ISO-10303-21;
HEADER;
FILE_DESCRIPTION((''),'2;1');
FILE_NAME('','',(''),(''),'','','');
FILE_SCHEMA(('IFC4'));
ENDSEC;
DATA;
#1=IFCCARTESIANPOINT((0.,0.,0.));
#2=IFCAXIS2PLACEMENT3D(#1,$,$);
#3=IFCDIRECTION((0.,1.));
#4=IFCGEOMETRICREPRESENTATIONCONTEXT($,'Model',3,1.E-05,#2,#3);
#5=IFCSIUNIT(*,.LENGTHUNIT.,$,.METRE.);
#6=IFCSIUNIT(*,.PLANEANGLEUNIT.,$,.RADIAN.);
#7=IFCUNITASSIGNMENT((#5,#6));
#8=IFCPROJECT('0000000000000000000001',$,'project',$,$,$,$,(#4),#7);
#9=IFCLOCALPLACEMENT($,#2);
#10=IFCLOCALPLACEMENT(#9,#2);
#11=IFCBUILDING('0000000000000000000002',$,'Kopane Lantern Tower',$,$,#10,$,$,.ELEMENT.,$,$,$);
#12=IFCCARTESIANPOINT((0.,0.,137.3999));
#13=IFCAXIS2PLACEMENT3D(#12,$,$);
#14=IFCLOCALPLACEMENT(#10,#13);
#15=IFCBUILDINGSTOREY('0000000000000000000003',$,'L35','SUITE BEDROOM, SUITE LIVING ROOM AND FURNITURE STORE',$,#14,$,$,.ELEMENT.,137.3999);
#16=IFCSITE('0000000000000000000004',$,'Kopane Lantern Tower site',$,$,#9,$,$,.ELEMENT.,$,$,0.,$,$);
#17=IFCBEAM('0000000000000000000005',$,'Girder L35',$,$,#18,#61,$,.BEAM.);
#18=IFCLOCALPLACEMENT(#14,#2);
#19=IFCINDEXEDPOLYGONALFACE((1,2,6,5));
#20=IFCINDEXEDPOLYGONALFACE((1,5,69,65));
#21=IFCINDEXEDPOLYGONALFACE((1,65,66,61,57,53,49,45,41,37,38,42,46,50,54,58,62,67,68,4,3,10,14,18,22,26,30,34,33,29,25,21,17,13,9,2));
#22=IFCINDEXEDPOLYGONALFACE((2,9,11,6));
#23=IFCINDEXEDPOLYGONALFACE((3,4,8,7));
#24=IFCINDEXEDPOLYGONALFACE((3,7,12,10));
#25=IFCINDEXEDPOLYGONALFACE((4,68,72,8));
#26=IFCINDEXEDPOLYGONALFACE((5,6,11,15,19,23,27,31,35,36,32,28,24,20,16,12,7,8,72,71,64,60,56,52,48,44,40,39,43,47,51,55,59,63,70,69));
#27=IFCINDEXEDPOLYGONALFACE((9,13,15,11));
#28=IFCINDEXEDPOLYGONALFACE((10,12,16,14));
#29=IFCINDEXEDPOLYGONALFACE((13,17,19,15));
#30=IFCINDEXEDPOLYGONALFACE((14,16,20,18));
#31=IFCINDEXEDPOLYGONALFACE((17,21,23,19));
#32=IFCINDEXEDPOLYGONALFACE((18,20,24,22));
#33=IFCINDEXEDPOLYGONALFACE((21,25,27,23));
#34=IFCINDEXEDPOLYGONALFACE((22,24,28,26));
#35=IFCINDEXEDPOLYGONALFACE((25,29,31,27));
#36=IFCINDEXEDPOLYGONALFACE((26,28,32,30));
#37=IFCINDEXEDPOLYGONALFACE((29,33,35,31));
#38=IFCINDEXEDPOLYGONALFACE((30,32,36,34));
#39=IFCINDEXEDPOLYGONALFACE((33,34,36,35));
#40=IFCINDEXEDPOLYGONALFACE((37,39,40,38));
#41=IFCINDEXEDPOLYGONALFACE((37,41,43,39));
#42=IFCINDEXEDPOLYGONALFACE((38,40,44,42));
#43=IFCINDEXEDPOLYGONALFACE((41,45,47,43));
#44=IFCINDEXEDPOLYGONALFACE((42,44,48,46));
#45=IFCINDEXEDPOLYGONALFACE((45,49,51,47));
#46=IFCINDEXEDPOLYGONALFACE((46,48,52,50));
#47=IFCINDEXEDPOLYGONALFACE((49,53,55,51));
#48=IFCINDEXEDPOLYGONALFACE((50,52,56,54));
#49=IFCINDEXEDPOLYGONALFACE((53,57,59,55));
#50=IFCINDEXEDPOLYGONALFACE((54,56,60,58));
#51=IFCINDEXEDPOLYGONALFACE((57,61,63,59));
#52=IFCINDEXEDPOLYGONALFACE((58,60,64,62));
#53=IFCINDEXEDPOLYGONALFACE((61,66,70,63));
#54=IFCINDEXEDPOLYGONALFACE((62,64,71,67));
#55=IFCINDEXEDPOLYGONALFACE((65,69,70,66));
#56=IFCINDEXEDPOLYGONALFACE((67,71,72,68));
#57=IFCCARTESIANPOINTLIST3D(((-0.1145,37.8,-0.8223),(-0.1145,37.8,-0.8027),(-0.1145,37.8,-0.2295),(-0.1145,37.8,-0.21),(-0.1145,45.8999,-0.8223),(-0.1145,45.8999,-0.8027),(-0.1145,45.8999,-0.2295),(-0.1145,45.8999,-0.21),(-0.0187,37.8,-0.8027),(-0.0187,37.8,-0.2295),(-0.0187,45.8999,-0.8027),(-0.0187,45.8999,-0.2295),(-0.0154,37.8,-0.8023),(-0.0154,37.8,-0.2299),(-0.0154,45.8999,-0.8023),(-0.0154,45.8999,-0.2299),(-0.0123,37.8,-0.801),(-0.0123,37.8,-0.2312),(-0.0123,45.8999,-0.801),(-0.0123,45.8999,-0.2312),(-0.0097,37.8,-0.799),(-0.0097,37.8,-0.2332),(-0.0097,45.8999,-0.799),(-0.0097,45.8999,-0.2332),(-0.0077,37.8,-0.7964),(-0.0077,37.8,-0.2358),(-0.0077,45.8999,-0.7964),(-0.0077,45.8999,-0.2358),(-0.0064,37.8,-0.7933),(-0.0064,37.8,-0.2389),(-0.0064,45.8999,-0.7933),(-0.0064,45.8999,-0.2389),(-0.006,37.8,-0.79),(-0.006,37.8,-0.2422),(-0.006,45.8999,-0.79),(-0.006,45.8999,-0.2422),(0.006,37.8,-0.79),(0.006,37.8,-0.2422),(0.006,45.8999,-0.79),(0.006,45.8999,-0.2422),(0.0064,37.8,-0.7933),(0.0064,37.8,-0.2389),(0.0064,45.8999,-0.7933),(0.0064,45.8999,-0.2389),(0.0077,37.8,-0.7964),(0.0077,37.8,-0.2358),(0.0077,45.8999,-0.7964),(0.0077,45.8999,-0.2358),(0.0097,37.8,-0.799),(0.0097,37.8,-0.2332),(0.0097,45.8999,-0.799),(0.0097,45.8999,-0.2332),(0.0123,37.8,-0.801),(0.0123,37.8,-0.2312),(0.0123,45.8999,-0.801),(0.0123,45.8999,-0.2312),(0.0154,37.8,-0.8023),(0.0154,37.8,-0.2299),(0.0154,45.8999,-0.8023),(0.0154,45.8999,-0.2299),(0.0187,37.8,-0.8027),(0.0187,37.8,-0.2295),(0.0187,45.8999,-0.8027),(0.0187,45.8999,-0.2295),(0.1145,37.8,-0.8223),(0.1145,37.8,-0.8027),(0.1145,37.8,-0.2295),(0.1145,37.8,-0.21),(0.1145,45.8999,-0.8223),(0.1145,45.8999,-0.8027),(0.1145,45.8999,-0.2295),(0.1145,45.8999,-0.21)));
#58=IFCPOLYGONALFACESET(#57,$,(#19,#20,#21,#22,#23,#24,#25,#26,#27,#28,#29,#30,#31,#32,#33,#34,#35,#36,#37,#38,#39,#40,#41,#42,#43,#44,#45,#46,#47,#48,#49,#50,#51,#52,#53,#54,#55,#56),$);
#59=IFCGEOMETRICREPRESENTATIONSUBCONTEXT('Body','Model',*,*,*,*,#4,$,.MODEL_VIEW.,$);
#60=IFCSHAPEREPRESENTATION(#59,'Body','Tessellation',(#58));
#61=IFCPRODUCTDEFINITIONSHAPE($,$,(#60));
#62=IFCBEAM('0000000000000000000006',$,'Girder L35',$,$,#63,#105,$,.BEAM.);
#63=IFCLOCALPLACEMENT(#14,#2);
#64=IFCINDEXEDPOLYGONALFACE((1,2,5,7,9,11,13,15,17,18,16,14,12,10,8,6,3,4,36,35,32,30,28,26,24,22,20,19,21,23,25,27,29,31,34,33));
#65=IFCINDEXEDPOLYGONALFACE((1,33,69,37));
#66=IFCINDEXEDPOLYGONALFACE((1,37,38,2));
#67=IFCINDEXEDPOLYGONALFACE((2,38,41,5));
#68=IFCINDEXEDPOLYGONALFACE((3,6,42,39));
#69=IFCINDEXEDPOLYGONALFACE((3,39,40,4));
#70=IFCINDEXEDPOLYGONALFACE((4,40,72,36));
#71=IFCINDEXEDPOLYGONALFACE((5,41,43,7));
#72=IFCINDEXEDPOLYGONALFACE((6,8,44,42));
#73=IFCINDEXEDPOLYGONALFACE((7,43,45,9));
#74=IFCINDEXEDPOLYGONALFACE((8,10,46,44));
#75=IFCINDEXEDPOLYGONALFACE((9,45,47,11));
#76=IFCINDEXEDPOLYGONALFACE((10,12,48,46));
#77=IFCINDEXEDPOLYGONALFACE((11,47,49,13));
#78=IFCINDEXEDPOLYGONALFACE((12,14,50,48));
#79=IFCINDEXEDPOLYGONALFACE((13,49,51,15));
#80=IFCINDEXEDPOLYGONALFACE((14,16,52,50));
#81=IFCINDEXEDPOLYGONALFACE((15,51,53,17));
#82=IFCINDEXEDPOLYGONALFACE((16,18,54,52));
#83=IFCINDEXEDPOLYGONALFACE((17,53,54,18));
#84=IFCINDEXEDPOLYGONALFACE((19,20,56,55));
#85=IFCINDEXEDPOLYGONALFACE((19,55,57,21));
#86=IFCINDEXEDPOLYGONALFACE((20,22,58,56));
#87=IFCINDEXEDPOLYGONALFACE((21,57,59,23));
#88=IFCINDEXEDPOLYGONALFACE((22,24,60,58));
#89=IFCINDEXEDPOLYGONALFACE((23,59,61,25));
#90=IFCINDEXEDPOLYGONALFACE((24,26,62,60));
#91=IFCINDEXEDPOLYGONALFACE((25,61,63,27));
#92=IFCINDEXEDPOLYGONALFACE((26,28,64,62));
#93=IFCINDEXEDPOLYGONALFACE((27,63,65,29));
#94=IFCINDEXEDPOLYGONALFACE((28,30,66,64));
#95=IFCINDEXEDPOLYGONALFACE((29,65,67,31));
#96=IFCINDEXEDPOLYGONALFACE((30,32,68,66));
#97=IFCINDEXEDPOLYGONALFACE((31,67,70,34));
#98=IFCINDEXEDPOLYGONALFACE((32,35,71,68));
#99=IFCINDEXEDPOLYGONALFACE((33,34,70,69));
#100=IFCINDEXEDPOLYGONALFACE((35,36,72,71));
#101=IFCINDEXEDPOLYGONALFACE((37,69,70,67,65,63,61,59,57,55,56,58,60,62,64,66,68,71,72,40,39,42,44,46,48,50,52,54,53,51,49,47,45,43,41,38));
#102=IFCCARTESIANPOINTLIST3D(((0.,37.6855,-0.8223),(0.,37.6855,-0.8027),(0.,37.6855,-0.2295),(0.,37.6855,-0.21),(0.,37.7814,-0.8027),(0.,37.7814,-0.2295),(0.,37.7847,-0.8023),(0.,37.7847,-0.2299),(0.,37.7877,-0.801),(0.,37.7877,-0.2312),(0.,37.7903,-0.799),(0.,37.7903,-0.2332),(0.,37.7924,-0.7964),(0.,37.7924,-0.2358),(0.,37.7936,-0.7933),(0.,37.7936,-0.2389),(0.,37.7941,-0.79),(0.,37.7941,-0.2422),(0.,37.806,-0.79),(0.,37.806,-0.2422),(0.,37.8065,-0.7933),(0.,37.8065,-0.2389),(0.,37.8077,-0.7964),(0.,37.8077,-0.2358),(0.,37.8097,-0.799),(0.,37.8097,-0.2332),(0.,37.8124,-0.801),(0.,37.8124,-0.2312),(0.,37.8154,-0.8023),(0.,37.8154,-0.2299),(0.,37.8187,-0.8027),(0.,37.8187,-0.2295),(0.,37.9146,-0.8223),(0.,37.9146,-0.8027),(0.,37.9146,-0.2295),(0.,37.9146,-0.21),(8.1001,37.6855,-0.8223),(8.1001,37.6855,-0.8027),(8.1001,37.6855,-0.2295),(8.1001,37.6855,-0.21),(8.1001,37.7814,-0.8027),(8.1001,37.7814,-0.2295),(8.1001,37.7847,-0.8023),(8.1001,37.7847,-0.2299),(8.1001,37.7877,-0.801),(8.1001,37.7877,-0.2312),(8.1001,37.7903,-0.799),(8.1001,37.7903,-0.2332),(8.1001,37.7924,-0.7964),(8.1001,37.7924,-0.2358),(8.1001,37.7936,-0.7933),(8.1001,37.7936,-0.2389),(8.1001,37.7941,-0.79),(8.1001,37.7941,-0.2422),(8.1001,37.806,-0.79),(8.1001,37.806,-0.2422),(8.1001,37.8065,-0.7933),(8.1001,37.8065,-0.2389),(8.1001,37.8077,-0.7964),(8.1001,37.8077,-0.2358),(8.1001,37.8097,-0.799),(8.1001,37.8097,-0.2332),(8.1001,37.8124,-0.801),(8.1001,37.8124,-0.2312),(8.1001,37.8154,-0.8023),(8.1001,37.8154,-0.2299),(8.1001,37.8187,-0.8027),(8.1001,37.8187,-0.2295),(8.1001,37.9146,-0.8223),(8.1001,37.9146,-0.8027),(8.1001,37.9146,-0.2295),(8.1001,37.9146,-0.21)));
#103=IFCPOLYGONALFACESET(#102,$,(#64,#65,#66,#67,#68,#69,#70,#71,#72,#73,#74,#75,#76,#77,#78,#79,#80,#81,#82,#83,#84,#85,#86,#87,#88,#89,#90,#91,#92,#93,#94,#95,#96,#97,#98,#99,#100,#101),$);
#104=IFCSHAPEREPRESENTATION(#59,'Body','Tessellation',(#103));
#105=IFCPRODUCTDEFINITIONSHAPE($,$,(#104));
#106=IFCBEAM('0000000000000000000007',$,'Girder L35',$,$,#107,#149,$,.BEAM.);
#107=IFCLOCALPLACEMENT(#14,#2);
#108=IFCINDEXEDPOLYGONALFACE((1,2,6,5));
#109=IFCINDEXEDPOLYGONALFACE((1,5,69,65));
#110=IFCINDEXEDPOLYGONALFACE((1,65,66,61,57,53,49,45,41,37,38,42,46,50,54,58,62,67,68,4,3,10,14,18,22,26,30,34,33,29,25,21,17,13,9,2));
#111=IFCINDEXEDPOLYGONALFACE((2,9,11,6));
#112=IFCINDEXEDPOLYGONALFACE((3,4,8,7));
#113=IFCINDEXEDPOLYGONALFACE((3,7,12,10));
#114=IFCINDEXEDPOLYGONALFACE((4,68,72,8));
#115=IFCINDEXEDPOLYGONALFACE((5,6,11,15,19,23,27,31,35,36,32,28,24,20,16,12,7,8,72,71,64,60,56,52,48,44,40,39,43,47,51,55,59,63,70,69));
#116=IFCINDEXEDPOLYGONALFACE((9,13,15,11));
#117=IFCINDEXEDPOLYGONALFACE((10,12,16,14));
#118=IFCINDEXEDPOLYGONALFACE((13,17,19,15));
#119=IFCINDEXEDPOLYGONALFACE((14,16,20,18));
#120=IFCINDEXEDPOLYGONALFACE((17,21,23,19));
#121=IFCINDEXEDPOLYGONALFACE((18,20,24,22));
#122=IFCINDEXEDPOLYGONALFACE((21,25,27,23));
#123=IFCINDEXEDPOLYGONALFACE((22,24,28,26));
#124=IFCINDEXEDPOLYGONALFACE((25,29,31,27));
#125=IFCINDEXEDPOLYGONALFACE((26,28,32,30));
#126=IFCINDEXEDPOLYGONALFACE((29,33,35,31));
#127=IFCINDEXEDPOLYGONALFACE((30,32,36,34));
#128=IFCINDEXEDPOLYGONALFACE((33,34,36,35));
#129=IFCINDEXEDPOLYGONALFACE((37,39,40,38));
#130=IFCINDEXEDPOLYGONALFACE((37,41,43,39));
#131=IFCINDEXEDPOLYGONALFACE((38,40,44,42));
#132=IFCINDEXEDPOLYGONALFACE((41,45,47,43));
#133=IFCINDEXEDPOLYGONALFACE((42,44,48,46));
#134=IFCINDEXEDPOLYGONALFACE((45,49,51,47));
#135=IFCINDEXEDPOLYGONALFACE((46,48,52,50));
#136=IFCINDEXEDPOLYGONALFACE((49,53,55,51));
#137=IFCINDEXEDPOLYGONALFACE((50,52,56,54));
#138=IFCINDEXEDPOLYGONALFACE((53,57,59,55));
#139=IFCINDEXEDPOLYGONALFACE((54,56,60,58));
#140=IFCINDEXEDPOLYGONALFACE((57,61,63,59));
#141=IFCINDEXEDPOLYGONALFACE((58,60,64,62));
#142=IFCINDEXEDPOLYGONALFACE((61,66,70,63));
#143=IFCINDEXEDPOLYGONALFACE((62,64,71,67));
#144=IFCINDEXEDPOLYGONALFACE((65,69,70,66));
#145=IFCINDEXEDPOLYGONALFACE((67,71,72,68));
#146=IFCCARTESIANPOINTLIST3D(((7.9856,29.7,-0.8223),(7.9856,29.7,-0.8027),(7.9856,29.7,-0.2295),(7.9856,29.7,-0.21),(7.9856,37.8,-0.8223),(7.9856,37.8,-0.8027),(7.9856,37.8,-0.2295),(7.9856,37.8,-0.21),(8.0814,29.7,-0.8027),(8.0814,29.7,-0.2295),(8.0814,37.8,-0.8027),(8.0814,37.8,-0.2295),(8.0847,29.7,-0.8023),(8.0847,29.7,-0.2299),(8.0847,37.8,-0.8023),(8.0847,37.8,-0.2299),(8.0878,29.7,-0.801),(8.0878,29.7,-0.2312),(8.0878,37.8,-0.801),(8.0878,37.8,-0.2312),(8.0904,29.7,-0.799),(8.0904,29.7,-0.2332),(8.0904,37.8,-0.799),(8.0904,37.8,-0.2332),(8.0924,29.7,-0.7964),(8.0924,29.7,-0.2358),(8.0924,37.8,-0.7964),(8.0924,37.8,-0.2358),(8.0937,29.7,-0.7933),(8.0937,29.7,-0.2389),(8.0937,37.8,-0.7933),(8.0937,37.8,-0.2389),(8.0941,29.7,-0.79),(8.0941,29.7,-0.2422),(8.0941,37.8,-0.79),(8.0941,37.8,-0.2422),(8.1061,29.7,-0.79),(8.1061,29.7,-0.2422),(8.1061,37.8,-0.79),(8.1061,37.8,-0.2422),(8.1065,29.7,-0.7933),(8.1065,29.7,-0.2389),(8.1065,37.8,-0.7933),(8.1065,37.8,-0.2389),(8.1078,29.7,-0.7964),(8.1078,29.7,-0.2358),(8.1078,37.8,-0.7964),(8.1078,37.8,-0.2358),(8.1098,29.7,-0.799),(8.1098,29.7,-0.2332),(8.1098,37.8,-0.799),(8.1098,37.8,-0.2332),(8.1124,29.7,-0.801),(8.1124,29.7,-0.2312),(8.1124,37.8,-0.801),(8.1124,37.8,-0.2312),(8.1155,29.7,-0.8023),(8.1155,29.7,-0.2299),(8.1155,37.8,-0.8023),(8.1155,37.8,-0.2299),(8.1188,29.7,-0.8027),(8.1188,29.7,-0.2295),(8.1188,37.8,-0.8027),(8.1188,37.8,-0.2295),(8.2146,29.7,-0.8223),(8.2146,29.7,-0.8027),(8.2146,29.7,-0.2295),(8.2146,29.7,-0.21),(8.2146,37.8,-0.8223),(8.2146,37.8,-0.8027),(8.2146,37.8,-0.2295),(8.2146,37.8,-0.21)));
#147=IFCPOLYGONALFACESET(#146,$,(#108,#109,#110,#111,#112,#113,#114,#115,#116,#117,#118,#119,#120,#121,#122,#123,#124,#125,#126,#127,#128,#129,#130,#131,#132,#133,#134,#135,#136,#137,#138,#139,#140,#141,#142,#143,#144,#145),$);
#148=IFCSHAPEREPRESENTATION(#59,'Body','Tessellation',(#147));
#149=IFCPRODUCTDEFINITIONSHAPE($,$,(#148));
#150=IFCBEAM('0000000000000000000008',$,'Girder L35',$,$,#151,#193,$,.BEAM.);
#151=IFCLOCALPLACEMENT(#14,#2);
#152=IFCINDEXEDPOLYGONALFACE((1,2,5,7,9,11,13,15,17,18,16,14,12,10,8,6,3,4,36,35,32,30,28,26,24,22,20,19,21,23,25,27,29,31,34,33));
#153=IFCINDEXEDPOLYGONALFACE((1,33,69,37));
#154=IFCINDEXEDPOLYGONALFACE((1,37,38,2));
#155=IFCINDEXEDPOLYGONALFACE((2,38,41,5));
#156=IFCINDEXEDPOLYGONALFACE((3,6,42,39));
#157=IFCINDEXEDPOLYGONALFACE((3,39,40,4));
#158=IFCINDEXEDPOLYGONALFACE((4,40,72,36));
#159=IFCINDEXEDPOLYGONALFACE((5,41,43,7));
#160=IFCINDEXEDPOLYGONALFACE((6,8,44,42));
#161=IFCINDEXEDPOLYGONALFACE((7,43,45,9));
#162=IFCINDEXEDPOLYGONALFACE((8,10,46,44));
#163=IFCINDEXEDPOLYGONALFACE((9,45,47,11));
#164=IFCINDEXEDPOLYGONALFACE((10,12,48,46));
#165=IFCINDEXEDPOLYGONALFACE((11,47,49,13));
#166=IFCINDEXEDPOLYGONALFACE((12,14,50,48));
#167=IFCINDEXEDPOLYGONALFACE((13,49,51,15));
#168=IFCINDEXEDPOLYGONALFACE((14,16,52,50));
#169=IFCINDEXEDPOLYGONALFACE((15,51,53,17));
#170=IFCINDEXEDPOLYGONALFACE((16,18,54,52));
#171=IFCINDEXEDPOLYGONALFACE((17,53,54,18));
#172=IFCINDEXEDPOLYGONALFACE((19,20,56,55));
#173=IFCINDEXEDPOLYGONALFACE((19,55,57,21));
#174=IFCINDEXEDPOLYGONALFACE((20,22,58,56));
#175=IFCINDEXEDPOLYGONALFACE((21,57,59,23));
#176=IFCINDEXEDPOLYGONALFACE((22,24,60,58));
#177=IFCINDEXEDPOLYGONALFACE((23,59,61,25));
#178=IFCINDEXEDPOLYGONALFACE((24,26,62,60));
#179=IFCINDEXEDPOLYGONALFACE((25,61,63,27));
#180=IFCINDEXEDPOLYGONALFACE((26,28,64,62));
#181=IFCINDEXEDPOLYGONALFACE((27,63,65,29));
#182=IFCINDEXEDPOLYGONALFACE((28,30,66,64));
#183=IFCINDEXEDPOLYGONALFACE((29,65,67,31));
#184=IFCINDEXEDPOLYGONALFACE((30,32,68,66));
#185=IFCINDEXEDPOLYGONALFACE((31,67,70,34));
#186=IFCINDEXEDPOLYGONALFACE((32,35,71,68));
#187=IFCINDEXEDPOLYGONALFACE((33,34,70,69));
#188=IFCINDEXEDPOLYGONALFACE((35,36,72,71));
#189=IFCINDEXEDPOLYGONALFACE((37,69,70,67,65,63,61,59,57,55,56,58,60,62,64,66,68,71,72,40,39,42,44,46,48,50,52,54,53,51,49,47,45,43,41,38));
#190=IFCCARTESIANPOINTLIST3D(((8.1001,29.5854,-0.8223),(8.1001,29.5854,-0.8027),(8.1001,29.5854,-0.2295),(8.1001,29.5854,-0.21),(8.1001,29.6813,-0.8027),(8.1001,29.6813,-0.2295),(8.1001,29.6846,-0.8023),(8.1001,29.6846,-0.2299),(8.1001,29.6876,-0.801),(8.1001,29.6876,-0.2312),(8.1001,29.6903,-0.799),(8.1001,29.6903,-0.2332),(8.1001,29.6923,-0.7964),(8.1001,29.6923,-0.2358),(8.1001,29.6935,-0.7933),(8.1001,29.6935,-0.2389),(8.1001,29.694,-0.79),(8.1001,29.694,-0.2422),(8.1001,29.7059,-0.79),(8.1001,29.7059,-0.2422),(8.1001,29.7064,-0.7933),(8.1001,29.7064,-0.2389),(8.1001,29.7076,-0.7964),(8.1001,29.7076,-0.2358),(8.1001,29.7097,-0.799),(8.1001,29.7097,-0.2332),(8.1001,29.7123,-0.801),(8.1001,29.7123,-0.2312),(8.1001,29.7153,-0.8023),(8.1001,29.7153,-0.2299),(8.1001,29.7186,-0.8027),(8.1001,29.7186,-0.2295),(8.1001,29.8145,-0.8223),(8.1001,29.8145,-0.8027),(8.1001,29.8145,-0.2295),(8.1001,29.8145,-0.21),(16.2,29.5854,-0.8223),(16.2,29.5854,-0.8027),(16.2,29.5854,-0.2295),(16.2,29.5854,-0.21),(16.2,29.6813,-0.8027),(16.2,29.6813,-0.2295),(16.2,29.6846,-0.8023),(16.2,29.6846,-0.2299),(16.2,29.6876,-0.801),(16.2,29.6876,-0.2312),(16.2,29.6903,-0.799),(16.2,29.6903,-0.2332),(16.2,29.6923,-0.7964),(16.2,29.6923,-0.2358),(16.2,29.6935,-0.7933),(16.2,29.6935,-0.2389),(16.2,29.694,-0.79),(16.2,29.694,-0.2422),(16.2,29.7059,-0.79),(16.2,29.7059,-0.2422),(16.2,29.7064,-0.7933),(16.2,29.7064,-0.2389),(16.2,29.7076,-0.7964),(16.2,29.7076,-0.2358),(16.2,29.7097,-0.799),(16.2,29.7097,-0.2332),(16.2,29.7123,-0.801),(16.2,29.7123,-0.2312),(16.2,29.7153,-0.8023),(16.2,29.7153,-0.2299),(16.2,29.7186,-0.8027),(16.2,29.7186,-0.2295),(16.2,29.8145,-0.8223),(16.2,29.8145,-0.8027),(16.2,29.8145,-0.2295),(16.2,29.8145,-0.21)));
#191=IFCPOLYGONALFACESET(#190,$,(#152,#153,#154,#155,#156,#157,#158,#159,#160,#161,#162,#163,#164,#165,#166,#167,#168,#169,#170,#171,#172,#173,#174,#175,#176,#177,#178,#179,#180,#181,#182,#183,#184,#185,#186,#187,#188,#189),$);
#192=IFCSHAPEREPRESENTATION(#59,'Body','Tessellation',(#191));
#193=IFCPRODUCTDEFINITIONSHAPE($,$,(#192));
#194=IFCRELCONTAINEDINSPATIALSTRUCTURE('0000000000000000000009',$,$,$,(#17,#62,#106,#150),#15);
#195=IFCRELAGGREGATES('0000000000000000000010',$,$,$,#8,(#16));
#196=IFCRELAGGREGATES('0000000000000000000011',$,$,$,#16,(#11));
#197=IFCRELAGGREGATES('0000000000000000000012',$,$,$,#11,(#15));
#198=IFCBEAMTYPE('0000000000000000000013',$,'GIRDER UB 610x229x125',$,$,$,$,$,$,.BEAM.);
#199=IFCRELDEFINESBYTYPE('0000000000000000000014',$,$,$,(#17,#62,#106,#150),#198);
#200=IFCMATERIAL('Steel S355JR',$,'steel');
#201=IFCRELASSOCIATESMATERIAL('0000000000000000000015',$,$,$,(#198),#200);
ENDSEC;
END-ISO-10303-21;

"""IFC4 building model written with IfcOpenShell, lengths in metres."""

from ifc_helpers import new_model, si_unit, direction, frame, origin, origin_2d, place, context, subcontext, project, spatial, i_section, extrude, material, material_profile, profile_set, type_object, element, save


model = new_model("IFC4")

# Units and contexts
model_context = context("Model", 3, precision=1e-05, world=origin(), true_north=direction((0.0, 1.0)))
body_context = subcontext(model_context, "Body", "Model", "MODEL_VIEW")
ifc_project = project(units=[si_unit("LENGTHUNIT", "METRE"), si_unit("PLANEANGLEUNIT", "RADIAN")], contexts=[model_context])

# Site, building, storey
site_placement = place(None, origin())
site = spatial("IfcSite", under=ifc_project, at=site_placement, Name="Kopane Lantern Tower site", CompositionType="ELEMENT", RefElevation=0.0)
building_placement = place(site_placement, origin())
building = spatial("IfcBuilding", under=site, at=building_placement, Name="Kopane Lantern Tower", CompositionType="ELEMENT")
storey_placement = place(building_placement, frame((0.0, 0.0, 137.3999)))
storey = spatial("IfcBuildingStorey", under=building, at=storey_placement, Name="L35", Description="SUITE BEDROOM, SUITE LIVING ROOM AND FURNITURE STORE", CompositionType="ELEMENT", Elevation=137.3999)

# Beams
ifc_material_1 = material(Name="Steel S355JR", Category="steel")
ifc_material_profile_1 = material_profile(ifc_material_1, i_section(OverallWidth=0.229, OverallDepth=0.6123, WebThickness=0.012, FlangeThickness=0.0195, FilletRadius=0.0127, at=origin_2d()), Name="UB 610x229x125")
ifc_profile_set_1 = profile_set([ifc_material_profile_1], Name="Steel S355JR")
beam_type = type_object("IfcBeamType", Name="GIRDER UB 610x229x125", PredefinedType="BEAM", material=ifc_profile_set_1)
beam_placement = place(storey_placement, frame((0.0, 37.8, -0.5161), z_axis=(0.0, 1.0, 0.0), x_axis=(-1.0, 0.0, 0.0)))
element("IfcBeam", 1, at=beam_placement, inside=storey, type_object=beam_type, Name="Girder L35", PredefinedType="BEAM", context=body_context, shape_type="SweptSolid", body=[
    extrude(i_section(OverallWidth=0.229, OverallDepth=0.6123, WebThickness=0.012, FlangeThickness=0.0195, FilletRadius=0.0127, at=origin_2d()), origin(), (0.0, 0.0, 1.0), 8.0999),
])
for number, where, z_axis, x_axis, name in (
    (2, (0.0, 37.8, -0.5161), (1.0, 0.0, 0.0), (0.0, 1.0, 0.0), "Girder L35"),
    (3, (8.1001, 29.7, -0.5161), (0.0, 1.0, 0.0), (-1.0, 0.0, 0.0), "Girder L35"),
):
    element("IfcBeam", number, at=place(storey_placement, frame(where, z_axis=z_axis, x_axis=x_axis)), inside=storey, type_object=beam_type, Name=name, PredefinedType="BEAM", context=body_context, shape_type="SweptSolid", body=[
        extrude(i_section(OverallWidth=0.229, OverallDepth=0.6123, WebThickness=0.012, FlangeThickness=0.0195, FilletRadius=0.0127, at=origin_2d()), origin(), (0.0, 0.0, 1.0), 8.1001),
    ])
for number, where, z_axis, x_axis, name in (
    (4, (8.1001, 29.7, -0.5161), (1.0, 0.0, 0.0), (0.0, 1.0, 0.0), "Girder L35"),
):
    element("IfcBeam", number, at=place(storey_placement, frame(where, z_axis=z_axis, x_axis=x_axis)), inside=storey, type_object=beam_type, Name=name, PredefinedType="BEAM", context=body_context, shape_type="SweptSolid", body=[
        extrude(i_section(OverallWidth=0.229, OverallDepth=0.6123, WebThickness=0.012, FlangeThickness=0.0195, FilletRadius=0.0127, at=origin_2d()), origin(), (0.0, 0.0, 1.0), 8.0999),
    ])

save(model, "model.ifc")
